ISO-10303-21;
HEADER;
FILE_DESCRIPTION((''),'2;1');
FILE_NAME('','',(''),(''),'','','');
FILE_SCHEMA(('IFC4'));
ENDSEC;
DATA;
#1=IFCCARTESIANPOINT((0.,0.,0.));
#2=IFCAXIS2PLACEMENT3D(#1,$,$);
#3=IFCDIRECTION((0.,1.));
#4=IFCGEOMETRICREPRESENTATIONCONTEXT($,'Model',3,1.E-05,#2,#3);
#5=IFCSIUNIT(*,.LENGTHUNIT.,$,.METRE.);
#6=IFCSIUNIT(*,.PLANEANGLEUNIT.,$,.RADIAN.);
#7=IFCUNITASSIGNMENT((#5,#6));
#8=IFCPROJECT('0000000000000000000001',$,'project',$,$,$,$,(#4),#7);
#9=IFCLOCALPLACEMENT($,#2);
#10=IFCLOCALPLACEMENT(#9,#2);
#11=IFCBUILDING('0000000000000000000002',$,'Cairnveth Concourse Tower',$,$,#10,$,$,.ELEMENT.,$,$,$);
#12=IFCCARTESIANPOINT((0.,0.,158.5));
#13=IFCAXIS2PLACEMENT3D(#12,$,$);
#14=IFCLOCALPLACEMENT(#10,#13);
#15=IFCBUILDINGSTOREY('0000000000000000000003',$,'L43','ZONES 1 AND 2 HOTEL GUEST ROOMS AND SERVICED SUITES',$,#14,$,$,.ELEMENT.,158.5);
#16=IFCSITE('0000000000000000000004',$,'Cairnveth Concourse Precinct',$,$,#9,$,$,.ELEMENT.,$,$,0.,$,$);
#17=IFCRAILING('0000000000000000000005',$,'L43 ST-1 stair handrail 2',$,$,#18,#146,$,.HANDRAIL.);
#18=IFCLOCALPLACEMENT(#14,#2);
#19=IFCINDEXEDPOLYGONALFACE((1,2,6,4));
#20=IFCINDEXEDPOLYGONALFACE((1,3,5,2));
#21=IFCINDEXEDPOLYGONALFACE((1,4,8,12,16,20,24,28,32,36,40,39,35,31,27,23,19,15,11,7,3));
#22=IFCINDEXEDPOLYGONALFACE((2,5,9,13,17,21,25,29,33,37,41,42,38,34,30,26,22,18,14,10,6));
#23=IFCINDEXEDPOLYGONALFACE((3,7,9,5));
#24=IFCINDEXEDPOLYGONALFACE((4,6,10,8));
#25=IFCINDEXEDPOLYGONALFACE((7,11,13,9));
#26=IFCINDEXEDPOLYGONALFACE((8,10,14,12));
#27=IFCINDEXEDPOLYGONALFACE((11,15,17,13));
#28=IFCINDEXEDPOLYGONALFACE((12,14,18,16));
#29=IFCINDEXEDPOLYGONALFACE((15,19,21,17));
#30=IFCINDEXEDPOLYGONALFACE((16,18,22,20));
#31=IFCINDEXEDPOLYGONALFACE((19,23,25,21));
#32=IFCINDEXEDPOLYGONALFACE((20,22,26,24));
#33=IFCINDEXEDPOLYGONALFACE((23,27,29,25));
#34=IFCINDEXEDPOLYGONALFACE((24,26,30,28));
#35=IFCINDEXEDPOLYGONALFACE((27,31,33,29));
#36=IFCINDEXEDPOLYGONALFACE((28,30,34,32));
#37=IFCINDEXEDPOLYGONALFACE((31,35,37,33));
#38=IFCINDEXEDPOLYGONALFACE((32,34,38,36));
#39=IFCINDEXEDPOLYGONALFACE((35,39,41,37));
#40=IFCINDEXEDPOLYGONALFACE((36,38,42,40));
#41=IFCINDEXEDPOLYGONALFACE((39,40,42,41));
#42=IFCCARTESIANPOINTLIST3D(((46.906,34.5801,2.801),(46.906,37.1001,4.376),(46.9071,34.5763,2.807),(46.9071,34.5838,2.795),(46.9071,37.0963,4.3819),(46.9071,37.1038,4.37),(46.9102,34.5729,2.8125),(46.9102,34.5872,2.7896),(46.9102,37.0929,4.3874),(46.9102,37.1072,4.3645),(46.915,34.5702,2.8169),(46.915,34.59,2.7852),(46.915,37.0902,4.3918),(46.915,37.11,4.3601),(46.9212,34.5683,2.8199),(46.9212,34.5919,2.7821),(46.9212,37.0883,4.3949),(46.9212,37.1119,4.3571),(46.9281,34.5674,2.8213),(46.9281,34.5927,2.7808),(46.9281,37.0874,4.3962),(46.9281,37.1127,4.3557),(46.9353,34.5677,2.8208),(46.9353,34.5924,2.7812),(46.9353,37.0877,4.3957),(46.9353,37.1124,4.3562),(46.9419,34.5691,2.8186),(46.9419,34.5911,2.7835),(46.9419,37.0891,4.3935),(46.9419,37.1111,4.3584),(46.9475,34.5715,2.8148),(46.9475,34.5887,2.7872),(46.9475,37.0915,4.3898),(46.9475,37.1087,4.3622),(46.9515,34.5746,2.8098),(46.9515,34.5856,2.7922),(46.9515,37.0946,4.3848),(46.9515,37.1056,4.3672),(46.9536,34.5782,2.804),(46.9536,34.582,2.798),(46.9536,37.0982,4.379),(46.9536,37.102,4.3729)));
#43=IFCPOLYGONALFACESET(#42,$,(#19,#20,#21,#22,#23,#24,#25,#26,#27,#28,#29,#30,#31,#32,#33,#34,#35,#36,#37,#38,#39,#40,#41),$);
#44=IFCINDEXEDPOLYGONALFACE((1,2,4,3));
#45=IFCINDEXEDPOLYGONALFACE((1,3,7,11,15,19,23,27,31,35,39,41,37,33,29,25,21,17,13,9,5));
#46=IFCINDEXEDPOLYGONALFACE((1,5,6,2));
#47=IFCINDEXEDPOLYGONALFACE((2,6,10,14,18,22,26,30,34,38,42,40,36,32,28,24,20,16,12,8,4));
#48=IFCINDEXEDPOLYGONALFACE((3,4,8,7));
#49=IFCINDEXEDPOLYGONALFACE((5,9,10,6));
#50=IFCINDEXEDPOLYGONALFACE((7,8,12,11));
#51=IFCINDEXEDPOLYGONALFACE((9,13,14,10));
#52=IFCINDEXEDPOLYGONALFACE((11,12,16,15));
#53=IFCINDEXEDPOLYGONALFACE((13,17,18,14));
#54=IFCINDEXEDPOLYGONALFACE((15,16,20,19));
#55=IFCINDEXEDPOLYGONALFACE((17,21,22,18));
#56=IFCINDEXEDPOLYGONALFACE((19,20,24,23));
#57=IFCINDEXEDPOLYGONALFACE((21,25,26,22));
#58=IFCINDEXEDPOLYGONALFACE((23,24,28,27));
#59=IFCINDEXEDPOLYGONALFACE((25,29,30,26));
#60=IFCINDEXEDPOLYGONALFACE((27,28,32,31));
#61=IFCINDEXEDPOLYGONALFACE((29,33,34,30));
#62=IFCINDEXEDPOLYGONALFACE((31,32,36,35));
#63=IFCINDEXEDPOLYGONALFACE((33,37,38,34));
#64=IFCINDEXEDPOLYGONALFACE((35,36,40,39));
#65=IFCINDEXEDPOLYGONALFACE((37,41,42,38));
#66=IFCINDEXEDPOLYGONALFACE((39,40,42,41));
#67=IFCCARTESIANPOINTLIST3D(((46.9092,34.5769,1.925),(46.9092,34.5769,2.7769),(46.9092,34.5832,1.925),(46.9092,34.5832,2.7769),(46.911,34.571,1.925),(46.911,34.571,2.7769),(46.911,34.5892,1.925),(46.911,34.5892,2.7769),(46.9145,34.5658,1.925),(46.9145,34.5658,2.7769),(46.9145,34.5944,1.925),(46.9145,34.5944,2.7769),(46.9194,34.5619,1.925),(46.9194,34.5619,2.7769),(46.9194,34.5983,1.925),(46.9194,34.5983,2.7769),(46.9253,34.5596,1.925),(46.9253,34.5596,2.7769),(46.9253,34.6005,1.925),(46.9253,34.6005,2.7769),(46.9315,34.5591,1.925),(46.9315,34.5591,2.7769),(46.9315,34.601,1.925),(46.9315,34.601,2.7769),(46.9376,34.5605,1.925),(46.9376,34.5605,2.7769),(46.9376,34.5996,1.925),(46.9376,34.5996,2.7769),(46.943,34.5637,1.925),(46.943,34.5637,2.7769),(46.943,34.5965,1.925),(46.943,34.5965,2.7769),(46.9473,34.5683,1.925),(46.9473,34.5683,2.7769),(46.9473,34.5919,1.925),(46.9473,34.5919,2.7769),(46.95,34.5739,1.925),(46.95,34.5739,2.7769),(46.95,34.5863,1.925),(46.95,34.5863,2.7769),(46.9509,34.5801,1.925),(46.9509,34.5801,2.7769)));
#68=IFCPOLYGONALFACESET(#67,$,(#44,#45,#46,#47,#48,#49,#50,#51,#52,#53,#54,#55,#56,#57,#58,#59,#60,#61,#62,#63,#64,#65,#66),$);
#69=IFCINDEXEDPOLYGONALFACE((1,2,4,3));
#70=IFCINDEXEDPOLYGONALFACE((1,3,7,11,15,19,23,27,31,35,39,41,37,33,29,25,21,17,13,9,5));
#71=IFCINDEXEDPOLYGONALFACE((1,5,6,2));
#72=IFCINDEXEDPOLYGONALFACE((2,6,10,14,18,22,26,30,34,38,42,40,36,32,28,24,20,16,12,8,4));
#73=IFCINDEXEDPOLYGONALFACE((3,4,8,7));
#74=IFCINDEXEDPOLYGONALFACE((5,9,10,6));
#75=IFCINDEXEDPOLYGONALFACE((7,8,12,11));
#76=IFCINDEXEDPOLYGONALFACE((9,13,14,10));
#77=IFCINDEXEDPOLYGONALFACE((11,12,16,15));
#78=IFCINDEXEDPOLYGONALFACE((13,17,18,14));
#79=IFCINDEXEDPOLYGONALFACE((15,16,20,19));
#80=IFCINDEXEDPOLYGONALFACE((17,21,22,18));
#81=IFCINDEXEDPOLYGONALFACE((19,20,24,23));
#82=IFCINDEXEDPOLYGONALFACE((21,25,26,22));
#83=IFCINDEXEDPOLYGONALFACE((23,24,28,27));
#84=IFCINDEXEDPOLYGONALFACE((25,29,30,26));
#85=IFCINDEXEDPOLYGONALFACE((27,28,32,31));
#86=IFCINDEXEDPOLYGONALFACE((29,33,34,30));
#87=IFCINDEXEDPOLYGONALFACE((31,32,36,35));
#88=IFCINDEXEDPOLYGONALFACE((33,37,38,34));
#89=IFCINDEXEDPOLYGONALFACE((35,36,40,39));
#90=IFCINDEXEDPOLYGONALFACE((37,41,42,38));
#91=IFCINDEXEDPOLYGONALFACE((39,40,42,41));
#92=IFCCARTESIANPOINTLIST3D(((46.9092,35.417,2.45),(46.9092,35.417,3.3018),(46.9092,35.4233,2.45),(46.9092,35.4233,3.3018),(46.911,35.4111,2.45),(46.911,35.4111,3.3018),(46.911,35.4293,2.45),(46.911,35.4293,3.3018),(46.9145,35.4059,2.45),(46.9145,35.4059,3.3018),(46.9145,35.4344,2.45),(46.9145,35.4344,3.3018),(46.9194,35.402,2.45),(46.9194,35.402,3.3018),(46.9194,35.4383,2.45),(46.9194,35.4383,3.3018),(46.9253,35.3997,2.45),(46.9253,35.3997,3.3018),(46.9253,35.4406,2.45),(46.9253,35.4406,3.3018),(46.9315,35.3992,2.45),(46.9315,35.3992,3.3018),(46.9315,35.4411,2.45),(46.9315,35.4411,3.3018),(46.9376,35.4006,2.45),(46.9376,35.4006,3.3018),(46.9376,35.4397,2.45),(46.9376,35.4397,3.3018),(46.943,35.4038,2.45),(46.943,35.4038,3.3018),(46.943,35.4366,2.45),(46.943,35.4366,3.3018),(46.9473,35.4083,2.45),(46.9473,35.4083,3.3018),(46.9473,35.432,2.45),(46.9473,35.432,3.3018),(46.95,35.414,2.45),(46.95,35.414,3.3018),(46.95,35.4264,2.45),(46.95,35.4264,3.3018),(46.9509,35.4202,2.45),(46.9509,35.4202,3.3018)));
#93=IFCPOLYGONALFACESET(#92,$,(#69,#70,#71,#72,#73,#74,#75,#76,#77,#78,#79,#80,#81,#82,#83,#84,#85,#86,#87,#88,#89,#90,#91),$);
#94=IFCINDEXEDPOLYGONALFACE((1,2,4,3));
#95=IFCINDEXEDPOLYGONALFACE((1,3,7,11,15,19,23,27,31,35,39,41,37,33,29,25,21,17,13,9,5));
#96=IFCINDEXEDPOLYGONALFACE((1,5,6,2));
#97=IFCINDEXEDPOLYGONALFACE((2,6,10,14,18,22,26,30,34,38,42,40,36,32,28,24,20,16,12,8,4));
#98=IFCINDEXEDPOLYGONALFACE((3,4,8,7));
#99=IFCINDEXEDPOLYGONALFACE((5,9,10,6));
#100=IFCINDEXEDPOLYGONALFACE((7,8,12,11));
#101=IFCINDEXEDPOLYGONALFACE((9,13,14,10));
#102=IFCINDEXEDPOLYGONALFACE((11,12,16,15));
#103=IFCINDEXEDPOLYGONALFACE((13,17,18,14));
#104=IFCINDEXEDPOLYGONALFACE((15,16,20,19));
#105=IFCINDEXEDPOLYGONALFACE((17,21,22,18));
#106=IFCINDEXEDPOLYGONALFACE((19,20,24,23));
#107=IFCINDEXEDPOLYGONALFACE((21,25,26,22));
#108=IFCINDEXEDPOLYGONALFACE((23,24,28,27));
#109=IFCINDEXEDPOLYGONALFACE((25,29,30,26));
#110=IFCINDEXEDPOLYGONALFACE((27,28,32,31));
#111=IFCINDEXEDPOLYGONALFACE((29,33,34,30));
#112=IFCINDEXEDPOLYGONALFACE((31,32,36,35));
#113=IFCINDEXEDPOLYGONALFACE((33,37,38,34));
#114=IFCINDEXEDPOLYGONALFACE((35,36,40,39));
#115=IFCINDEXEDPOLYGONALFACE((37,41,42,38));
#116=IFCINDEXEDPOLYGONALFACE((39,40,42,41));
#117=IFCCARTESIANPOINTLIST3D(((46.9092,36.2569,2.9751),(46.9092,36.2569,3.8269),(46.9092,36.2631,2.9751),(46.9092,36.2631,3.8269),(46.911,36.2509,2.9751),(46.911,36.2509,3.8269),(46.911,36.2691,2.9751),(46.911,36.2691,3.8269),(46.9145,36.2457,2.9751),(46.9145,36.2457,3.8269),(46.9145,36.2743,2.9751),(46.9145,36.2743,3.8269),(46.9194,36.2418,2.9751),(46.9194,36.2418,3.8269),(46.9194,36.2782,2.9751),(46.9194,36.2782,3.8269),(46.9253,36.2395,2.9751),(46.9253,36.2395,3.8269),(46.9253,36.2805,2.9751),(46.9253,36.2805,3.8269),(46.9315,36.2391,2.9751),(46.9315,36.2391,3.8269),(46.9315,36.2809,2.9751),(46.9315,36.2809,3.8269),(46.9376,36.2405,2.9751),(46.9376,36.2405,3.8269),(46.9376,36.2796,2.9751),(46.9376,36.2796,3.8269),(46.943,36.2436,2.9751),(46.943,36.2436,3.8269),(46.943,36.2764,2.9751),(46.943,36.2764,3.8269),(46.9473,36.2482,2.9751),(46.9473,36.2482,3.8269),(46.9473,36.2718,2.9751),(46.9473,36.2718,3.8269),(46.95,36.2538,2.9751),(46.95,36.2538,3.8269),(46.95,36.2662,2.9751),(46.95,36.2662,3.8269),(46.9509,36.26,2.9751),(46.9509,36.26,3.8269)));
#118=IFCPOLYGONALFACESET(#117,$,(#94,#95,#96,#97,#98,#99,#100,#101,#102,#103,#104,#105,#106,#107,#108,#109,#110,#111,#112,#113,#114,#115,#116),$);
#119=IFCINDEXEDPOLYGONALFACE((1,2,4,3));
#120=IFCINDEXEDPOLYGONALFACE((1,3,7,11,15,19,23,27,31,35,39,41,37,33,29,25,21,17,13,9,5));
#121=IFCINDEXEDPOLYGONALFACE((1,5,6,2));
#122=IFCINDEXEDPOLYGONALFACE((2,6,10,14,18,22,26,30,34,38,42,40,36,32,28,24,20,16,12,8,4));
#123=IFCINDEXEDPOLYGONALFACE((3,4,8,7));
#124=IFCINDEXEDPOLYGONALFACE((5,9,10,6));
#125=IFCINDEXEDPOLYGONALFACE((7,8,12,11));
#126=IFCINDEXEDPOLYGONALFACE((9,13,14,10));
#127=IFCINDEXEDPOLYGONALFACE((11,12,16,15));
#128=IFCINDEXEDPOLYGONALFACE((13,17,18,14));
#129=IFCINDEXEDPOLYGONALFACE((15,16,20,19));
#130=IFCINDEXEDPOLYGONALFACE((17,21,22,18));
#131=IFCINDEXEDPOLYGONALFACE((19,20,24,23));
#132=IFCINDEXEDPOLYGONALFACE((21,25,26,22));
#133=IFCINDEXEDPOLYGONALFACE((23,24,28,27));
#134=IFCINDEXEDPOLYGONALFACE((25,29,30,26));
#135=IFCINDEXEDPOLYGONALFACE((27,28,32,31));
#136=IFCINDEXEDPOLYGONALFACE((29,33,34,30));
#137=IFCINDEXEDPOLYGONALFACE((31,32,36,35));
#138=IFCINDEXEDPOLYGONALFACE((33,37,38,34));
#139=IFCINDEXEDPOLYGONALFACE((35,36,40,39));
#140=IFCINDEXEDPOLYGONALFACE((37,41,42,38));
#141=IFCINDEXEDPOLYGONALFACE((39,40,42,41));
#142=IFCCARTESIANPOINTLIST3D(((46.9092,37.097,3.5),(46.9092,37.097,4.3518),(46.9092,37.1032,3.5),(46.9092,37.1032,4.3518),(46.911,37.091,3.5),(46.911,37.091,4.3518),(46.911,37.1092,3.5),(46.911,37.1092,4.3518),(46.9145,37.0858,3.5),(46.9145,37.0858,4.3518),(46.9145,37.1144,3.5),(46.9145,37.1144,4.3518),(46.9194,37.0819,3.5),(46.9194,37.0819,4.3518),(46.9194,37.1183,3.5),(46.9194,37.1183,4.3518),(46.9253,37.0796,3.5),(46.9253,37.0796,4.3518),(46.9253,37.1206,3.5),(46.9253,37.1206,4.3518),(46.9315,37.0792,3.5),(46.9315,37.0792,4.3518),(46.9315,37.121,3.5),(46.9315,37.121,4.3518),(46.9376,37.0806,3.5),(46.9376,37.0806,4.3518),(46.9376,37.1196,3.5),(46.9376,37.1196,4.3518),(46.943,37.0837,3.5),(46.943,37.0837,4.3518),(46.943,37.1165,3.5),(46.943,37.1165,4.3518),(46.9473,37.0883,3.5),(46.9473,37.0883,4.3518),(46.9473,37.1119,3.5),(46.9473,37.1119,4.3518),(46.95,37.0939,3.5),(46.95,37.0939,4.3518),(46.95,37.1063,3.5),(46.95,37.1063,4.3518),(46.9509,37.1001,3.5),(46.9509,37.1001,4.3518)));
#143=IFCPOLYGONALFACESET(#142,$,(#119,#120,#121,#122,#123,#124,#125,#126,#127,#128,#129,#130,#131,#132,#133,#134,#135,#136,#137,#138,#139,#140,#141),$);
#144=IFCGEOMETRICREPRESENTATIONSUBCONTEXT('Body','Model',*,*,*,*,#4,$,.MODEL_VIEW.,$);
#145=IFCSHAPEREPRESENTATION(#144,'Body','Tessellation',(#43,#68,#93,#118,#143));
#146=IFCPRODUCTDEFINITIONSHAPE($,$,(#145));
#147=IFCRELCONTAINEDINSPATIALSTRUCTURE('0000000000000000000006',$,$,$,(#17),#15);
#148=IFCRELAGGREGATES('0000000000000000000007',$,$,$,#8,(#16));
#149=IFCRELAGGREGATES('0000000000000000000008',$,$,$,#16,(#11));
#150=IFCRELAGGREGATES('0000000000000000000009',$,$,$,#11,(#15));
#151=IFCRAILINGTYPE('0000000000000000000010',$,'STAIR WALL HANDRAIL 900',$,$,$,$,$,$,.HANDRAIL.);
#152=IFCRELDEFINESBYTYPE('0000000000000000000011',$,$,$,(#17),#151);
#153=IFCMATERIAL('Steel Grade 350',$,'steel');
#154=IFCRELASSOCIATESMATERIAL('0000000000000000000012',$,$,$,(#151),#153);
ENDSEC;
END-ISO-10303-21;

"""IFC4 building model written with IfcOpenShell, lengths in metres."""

from ifc_helpers import new_model, si_unit, direction, frame, origin, origin_2d, place, context, subcontext, project, spatial, circle, extrude, material, type_object, element, save


model = new_model("IFC4")

# Units and contexts
model_context = context("Model", 3, precision=1e-05, world=origin(), true_north=direction((0.0, 1.0)))
body_context = subcontext(model_context, "Body", "Model", "MODEL_VIEW")
ifc_project = project(units=[si_unit("LENGTHUNIT", "METRE"), si_unit("PLANEANGLEUNIT", "RADIAN")], contexts=[model_context])

# Site, building, storey
site_placement = place(None, origin())
site = spatial("IfcSite", under=ifc_project, at=site_placement, Name="Cairnveth Concourse Precinct", CompositionType="ELEMENT", RefElevation=0.0)
building_placement = place(site_placement, origin())
building = spatial("IfcBuilding", under=site, at=building_placement, Name="Cairnveth Concourse Tower", CompositionType="ELEMENT")
storey_placement = place(building_placement, frame((0.0, 0.0, 158.5)))
storey = spatial("IfcBuildingStorey", under=building, at=storey_placement, Name="L43", Description="ZONES 1 AND 2 HOTEL GUEST ROOMS AND SERVICED SUITES", CompositionType="ELEMENT", Elevation=158.5)

# Shared definitions
ifc_material_1 = material(Name="Steel Grade 350", Category="steel")

# Railing
railing_type_1 = type_object("IfcRailingType", Name="STAIR WALL HANDRAIL 900", PredefinedType="HANDRAIL", material=ifc_material_1)
railing_1_placement = place(storey_placement, frame((46.9299, 34.5801, 1.925)))
element("IfcRailing", 1, at=railing_1_placement, inside=storey, type_object=railing_type_1, Name="L43 ST-1 stair handrail 2", PredefinedType="HANDRAIL", context=body_context, shape_type="SweptSolid", body=[
    extrude(circle(Radius=0.0239, at=origin_2d()), frame((0.0, 0.0, 0.876), z_axis=(0.0, 0.848008, 0.529984), x_axis=(-1.0, 0.0, 0.0)), (0.0, 0.0, 1.0), 2.9717),
    extrude(circle(Radius=0.021, at=origin_2d()), origin(), (0.0, 0.0, 1.0), 0.8518),
    extrude(circle(Radius=0.021, at=origin_2d()), frame((0.0, 0.8401, 0.5249)), (0.0, 0.0, 1.0), 0.8518),
    extrude(circle(Radius=0.021, at=origin_2d()), frame((0.0, 1.6799, 1.05)), (0.0, 0.0, 1.0), 0.8518),
    extrude(circle(Radius=0.021, at=origin_2d()), frame((0.0, 2.52, 1.575)), (0.0, 0.0, 1.0), 0.8518),
])

save(model, "model.ifc")
